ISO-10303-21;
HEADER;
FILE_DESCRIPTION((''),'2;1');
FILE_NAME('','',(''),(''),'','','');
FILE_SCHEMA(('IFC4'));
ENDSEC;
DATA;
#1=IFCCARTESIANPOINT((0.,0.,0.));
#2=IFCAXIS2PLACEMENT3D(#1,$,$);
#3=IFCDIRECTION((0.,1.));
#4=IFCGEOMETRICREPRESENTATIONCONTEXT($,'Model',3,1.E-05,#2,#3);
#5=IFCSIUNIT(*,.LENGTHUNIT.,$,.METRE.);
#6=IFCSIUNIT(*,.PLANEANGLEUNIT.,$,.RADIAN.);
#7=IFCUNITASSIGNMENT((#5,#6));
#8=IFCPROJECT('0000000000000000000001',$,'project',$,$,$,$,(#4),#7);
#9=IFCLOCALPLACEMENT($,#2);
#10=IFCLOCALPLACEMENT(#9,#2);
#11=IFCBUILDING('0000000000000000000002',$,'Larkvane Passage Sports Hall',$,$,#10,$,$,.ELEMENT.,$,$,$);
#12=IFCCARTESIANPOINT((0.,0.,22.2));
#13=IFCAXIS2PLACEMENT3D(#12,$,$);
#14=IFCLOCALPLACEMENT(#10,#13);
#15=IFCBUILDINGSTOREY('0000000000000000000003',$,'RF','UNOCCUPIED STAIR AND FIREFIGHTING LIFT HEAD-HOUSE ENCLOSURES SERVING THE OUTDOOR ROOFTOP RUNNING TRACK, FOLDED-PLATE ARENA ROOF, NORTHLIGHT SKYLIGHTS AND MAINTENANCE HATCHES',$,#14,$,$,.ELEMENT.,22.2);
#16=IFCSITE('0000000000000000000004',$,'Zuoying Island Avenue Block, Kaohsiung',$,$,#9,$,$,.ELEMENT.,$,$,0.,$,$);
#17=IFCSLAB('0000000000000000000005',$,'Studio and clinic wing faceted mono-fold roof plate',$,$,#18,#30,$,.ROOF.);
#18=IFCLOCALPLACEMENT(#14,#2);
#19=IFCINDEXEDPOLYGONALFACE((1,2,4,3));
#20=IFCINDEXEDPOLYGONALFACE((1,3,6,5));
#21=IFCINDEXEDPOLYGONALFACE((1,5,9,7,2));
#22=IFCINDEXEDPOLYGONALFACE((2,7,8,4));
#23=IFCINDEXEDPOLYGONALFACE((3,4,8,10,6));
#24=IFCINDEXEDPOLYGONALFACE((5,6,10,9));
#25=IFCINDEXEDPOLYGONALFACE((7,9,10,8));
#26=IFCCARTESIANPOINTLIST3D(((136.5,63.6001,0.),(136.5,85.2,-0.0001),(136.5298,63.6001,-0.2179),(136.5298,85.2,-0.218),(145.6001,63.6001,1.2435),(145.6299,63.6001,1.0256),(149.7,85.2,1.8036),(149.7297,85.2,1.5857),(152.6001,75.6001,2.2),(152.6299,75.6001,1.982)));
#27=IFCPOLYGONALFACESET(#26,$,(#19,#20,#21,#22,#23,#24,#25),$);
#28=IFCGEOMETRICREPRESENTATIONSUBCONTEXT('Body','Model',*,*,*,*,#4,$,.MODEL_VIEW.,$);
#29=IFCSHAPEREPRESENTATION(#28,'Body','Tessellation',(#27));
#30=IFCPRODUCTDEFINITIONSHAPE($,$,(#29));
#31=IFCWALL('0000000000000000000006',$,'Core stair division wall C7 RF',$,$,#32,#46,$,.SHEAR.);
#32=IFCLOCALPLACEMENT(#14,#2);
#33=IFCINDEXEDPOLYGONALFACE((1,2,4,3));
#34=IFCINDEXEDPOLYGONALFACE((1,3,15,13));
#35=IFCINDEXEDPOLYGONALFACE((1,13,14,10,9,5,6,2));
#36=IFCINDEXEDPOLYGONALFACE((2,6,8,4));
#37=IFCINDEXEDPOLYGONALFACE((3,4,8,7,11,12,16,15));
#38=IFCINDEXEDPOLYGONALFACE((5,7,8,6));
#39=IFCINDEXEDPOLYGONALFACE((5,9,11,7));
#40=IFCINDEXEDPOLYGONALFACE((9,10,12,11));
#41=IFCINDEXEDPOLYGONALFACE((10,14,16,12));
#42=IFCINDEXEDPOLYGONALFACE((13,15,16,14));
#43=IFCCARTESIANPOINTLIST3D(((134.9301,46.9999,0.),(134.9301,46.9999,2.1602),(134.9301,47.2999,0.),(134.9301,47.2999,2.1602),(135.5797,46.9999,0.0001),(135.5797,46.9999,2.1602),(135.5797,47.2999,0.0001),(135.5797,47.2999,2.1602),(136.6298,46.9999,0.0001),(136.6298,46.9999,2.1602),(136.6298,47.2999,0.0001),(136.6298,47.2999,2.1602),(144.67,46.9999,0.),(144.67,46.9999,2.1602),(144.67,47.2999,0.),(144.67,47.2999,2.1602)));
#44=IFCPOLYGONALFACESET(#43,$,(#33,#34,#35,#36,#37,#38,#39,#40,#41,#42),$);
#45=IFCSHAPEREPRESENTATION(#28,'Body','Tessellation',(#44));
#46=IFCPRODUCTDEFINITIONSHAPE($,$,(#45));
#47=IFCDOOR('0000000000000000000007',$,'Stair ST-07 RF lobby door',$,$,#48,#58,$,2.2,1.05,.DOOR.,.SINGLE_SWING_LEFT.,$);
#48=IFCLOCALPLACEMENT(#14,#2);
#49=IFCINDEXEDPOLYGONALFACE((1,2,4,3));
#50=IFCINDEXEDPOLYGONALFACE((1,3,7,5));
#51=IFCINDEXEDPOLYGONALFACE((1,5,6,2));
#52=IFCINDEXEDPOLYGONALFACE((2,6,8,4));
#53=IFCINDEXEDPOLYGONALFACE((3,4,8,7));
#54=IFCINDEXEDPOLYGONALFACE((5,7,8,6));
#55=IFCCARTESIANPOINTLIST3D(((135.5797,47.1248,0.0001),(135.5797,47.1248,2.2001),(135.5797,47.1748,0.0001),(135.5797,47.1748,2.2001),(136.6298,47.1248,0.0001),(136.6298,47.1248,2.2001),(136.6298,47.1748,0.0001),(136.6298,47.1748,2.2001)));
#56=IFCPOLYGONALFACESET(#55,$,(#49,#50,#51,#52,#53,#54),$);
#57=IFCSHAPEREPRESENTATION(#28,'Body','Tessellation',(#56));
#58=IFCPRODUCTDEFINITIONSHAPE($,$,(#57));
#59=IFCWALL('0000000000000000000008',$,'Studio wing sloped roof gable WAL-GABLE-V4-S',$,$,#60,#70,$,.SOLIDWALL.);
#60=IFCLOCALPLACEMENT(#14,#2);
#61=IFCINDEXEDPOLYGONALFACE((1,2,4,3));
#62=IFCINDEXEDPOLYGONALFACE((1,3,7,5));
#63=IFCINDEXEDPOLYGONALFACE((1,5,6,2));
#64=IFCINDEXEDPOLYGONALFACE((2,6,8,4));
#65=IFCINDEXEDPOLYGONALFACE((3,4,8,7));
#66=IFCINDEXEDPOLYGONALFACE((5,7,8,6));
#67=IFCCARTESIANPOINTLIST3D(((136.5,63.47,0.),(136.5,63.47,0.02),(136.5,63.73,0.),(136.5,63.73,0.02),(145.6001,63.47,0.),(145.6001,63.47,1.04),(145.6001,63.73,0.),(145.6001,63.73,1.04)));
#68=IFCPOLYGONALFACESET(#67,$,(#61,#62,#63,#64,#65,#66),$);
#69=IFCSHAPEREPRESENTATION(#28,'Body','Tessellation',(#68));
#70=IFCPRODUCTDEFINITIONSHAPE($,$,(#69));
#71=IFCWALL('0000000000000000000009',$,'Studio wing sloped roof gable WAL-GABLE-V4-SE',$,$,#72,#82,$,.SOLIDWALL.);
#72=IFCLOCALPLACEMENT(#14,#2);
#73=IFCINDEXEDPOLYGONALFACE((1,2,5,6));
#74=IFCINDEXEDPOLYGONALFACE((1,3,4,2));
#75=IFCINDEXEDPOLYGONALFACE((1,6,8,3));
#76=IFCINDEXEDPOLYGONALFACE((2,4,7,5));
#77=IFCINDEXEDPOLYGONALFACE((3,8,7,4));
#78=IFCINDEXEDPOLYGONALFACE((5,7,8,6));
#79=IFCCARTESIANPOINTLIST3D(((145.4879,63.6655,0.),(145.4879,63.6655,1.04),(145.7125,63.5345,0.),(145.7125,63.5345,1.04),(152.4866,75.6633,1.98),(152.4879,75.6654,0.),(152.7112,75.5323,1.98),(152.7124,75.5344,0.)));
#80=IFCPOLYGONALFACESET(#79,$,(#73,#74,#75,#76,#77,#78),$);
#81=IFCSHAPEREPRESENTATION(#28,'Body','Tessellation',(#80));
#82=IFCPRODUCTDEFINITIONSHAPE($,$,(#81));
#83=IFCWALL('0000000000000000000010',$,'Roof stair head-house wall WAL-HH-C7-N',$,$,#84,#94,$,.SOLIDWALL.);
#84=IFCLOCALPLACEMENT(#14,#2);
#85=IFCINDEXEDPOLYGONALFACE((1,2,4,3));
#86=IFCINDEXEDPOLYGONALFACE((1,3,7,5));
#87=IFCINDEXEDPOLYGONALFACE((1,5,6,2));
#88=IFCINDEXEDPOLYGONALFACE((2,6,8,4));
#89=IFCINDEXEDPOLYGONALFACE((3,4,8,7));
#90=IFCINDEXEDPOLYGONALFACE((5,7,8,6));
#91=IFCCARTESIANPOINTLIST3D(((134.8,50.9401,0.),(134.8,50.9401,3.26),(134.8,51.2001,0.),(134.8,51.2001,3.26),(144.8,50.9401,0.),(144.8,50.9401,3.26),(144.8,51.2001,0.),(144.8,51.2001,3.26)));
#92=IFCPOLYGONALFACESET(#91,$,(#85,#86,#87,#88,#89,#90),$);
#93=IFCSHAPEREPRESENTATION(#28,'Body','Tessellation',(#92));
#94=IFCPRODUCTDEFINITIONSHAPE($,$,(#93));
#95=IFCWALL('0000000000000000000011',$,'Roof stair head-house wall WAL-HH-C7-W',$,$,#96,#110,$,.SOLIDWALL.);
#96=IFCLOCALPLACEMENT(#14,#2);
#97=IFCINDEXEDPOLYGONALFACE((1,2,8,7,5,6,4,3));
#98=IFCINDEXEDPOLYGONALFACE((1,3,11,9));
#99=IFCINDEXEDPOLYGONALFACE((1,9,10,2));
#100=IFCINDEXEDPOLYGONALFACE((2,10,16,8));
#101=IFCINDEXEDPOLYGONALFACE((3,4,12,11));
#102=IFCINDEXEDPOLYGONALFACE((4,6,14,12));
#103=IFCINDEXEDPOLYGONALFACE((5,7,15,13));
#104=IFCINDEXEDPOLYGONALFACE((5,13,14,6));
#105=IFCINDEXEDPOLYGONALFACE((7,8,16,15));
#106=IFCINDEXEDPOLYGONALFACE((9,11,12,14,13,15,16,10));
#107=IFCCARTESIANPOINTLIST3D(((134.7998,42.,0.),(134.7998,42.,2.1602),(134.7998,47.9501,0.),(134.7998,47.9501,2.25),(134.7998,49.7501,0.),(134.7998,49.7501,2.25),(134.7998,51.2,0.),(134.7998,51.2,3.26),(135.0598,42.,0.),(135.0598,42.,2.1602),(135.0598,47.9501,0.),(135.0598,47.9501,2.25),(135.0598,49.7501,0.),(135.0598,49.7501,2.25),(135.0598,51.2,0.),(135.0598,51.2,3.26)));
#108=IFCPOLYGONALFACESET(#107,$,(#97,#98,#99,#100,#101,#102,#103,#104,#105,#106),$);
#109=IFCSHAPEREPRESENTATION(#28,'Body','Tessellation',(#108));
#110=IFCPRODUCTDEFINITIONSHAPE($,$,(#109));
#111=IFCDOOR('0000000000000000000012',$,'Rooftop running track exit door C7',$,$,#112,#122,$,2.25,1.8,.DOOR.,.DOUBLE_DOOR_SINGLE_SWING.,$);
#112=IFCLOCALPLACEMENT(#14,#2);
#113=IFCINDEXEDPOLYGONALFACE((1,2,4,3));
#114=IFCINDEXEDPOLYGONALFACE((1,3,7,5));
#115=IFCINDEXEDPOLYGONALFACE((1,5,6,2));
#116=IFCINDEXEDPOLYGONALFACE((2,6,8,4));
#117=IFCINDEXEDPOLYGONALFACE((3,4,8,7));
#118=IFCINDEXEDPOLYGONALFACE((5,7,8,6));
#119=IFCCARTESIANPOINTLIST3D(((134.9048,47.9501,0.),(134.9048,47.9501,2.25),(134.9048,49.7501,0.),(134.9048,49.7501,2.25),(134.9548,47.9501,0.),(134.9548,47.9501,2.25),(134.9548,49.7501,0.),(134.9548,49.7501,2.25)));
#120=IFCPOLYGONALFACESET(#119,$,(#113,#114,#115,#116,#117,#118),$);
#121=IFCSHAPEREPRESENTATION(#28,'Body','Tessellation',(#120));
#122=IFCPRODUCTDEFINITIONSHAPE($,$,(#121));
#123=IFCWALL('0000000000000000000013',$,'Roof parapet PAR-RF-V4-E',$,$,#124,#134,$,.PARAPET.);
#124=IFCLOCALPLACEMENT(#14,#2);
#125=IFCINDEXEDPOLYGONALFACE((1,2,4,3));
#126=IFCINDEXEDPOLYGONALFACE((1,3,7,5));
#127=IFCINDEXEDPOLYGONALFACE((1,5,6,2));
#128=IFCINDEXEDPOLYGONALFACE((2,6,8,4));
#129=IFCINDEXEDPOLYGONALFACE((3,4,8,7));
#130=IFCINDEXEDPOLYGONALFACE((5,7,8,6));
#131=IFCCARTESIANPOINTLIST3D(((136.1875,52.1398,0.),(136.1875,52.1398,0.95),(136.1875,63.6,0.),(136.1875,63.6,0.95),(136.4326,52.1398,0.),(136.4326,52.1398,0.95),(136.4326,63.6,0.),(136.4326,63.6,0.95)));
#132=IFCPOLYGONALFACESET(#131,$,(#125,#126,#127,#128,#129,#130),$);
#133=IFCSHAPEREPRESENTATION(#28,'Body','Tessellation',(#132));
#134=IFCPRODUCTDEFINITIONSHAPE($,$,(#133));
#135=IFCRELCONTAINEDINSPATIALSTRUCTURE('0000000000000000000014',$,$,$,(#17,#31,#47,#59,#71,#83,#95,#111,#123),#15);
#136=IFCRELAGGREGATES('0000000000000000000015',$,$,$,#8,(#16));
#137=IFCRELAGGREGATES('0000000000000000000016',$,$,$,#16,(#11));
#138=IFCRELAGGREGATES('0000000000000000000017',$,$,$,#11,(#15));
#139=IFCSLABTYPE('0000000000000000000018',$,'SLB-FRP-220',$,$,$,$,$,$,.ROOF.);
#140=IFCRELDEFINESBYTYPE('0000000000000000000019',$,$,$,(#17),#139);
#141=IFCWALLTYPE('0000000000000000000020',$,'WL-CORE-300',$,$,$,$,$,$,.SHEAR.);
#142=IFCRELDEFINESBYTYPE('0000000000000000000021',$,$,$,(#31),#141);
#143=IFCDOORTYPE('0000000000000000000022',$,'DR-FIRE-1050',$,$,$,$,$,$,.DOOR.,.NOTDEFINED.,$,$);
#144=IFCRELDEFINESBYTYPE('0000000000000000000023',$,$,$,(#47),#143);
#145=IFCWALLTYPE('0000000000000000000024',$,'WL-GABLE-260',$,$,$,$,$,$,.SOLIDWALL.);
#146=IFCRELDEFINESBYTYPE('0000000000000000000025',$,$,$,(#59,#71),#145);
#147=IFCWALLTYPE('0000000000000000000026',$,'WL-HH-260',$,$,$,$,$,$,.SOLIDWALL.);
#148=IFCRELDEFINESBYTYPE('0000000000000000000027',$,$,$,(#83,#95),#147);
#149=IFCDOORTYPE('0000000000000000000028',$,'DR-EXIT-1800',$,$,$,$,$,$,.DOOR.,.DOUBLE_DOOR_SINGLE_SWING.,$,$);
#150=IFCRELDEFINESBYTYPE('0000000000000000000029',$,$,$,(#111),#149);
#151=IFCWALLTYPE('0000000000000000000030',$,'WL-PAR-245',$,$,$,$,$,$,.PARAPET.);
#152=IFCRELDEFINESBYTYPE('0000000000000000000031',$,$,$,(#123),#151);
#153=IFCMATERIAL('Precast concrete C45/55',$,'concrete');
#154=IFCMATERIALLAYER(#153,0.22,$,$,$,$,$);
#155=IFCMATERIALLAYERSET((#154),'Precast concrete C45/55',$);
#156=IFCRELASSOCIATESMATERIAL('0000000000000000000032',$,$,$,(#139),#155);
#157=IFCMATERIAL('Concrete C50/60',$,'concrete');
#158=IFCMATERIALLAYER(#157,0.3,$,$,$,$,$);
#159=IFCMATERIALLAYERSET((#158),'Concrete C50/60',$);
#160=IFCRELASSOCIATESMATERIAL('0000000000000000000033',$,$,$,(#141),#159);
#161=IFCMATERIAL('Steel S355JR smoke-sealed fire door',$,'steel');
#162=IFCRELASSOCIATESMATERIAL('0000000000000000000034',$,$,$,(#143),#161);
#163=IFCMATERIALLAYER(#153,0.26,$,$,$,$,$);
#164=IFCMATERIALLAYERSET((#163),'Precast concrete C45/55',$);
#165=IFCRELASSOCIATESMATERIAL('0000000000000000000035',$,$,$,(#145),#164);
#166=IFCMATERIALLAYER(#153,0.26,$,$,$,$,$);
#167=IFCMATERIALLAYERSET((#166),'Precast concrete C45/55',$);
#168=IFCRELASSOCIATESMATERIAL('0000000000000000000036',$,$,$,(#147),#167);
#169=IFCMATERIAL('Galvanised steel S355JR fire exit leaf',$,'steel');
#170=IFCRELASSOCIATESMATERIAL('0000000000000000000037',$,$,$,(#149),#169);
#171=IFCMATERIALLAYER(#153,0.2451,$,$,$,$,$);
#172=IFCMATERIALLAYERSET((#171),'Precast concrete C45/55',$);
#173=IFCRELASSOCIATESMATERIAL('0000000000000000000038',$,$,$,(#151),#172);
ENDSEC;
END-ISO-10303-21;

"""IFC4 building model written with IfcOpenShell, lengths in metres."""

from ifc_helpers import new_model, si_unit, direction, frame, frame_2d, origin, place, context, subcontext, project, spatial, polyline, rectangle, outline, extrude, material, layer, layer_set, type_object, element, fill, save


model = new_model("IFC4")

# Units and contexts
model_context = context("Model", 3, precision=1e-05, world=origin(), true_north=direction((0.0, 1.0)))
body_context = subcontext(model_context, "Body", "Model", "MODEL_VIEW")
ifc_project = project(units=[si_unit("LENGTHUNIT", "METRE"), si_unit("PLANEANGLEUNIT", "RADIAN")], contexts=[model_context])

# Site, building, storey
site_placement = place(None, origin())
site = spatial("IfcSite", under=ifc_project, at=site_placement, Name="Zuoying Island Avenue Block, Kaohsiung", CompositionType="ELEMENT", RefElevation=0.0)
building_placement = place(site_placement, origin())
building = spatial("IfcBuilding", under=site, at=building_placement, Name="Larkvane Passage Sports Hall", CompositionType="ELEMENT")
storey_placement = place(building_placement, frame((0.0, 0.0, 22.2)))
storey = spatial("IfcBuildingStorey", under=building, at=storey_placement, Name="RF", Description="UNOCCUPIED STAIR AND FIREFIGHTING LIFT HEAD-HOUSE ENCLOSURES SERVING THE OUTDOOR ROOFTOP RUNNING TRACK, FOLDED-PLATE ARENA ROOF, NORTHLIGHT SKYLIGHTS AND MAINTENANCE HATCHES", CompositionType="ELEMENT", Elevation=22.2)

# Shared definitions
ifc_material_1 = material(Name="Concrete C50/60", Category="concrete")

# Slab
ifc_material_2 = material(Name="Precast concrete C45/55", Category="concrete")
ifc_layer_1 = layer(ifc_material_2, 0.22)
ifc_layer_set_1 = layer_set([ifc_layer_1], Name="Precast concrete C45/55")
slab_type = type_object("IfcSlabType", Name="SLB-FRP-220", PredefinedType="ROOF", material=ifc_layer_set_1)
slab_placement = place(storey_placement, frame((136.5, 63.6001, 0.0), z_axis=(-0.135389, 0.000004, 0.990793), x_axis=(0.990793, 0.0, 0.135389)))
element("IfcSlab", 1, at=slab_placement, inside=storey, type_object=slab_type, Name="Studio and clinic wing faceted mono-fold roof plate", PredefinedType="ROOF", context=body_context, shape_type="SweptSolid", body=[
    extrude(outline(polyline([(0.0, 0.0), (9.1847, 0.0), (16.2497, 12.0), (13.3226, 21.5999), (0.0, 21.5999), (0.0, 0.0)])), origin(), (0.0, 0.0, -1.0), 0.22),
])

# Wall, opening, door
ifc_layer_2 = layer(ifc_material_1, 0.3)
ifc_layer_set_2 = layer_set([ifc_layer_2], Name="Concrete C50/60")
wall_type_1 = type_object("IfcWallType", Name="WL-CORE-300", PredefinedType="SHEAR", material=ifc_layer_set_2)
wall_1_placement = place(storey_placement, frame((134.9299, 47.1499, 0.0), z_axis=(0.0, 0.0, 1.0), x_axis=(1.0, 0.0, 0.0)))
wall_1 = element("IfcWall", 2, at=wall_1_placement, inside=storey, type_object=wall_type_1, Name="Core stair division wall C7 RF", PredefinedType="SHEAR", context=body_context, shape_type="SweptSolid", body=[
    extrude(rectangle(XDim=9.74, YDim=0.3, at=frame_2d((4.8701, 0.0))), origin(), (0.0, 0.0, 1.0), 2.1602),
])
opening_1_placement = place(wall_1_placement, frame((0.6499, 0.0, 0.0)))
opening_1 = element("IfcOpeningElement", 3, at=opening_1_placement, cuts=wall_1, PredefinedType="OPENING", context=body_context, shape_type="SweptSolid", body=[
    extrude(rectangle(XDim=1.05, YDim=2.2, at=frame_2d((0.5249, 1.1001))), frame((0.0, 0.1599, 0.0), z_axis=(0.0, -1.0, 0.0), x_axis=(1.0, 0.0, 0.0)), (0.0, 0.0, 1.0), 0.3201),
])
ifc_material_3 = material(Name="Steel S355JR smoke-sealed fire door", Category="steel")
door_type_1 = type_object("IfcDoorType", Name="DR-FIRE-1050", OperationType="NOTDEFINED", PredefinedType="DOOR", material=ifc_material_3)
door_1_placement = place(opening_1_placement, origin())
door_1 = element("IfcDoor", 4, at=door_1_placement, inside=storey, type_object=door_type_1, Name="Stair ST-07 RF lobby door", OperationType="SINGLE_SWING_LEFT", OverallHeight=2.2, OverallWidth=1.05, PredefinedType="DOOR", context=body_context, shape_type="SweptSolid", body=[
    extrude(rectangle(XDim=1.05, YDim=2.2, at=frame_2d((0.5249, 1.1001))), frame((0.0, 0.0249, 0.0), z_axis=(0.0, -1.0, 0.0), x_axis=(1.0, 0.0, 0.0)), (0.0, 0.0, 1.0), 0.05),
])
fill(opening_1, door_1)

# Walls
ifc_layer_3 = layer(ifc_material_2, 0.26)
ifc_layer_set_3 = layer_set([ifc_layer_3], Name="Precast concrete C45/55")
wall_type_2 = type_object("IfcWallType", Name="WL-GABLE-260", PredefinedType="SOLIDWALL", material=ifc_layer_set_3)
wall_2_placement = place(storey_placement, frame((136.5, 63.6001, 0.0), z_axis=(0.0, 0.0, 1.0), x_axis=(1.0, 0.0, 0.0)))
element("IfcWall", 5, at=wall_2_placement, inside=storey, type_object=wall_type_2, Name="Studio wing sloped roof gable WAL-GABLE-V4-S", PredefinedType="SOLIDWALL", context=body_context, shape_type="SweptSolid", body=[
    extrude(outline(polyline([(0.0, 0.0), (9.1001, 0.0), (9.1001, 1.04), (0.0, 0.02), (0.0, 0.0)])), frame((0.0, 0.1299, 0.0), z_axis=(0.0, -1.0, 0.0), x_axis=(1.0, 0.0, 0.0)), (0.0, 0.0, 1.0), 0.26),
])
wall_3_placement = place(storey_placement, frame((145.6001, 63.6001, 0.0), z_axis=(0.0, 0.0, 1.0), x_axis=(0.503871, 0.863779, 0.0)))
element("IfcWall", 6, at=wall_3_placement, inside=storey, type_object=wall_type_2, Name="Studio wing sloped roof gable WAL-GABLE-V4-SE", PredefinedType="SOLIDWALL", context=body_context, shape_type="SweptSolid", body=[
    extrude(outline(polyline([(0.0, 0.0), (13.8923, 0.0), (13.8899, 1.98), (0.0, 1.04), (0.0, 0.0)])), frame((0.0, 0.1299, 0.0), z_axis=(0.0, -1.0, 0.0), x_axis=(1.0, 0.0, 0.0)), (0.0, 0.0, 1.0), 0.26),
])
ifc_layer_4 = layer(ifc_material_2, 0.26)
ifc_layer_set_4 = layer_set([ifc_layer_4], Name="Precast concrete C45/55")
wall_type_3 = type_object("IfcWallType", Name="WL-HH-260", PredefinedType="SOLIDWALL", material=ifc_layer_set_4)
wall_4_placement = place(storey_placement, frame((144.8, 51.0701, 0.0), z_axis=(0.0, 0.0, 1.0), x_axis=(-1.0, 0.0, 0.0)))
element("IfcWall", 7, at=wall_4_placement, inside=storey, type_object=wall_type_3, Name="Roof stair head-house wall WAL-HH-C7-N", PredefinedType="SOLIDWALL", context=body_context, shape_type="SweptSolid", body=[
    extrude(rectangle(XDim=10.0, YDim=0.26, at=frame_2d((5.0, 0.0))), origin(), (0.0, 0.0, 1.0), 3.26),
])

# Wall, opening, door
wall_5_placement = place(storey_placement, frame((134.9299, 51.2, 0.0), z_axis=(0.0, 0.0, 1.0), x_axis=(0.0, -1.0, 0.0)))
wall_5 = element("IfcWall", 8, at=wall_5_placement, inside=storey, type_object=wall_type_3, Name="Roof stair head-house wall WAL-HH-C7-W", PredefinedType="SOLIDWALL", context=body_context, shape_type="SweptSolid", body=[
    extrude(outline(polyline([(0.0, 0.0), (9.2, 0.0), (9.2, 2.1602), (0.0, 3.26), (0.0, 0.0)])), frame((0.0, 0.1299, 0.0), z_axis=(0.0, -1.0, 0.0), x_axis=(1.0, 0.0, 0.0)), (0.0, 0.0, 1.0), 0.26),
])
opening_2_placement = place(wall_5_placement, frame((1.45, 0.0, 0.0)))
opening_2 = element("IfcOpeningElement", 9, at=opening_2_placement, cuts=wall_5, PredefinedType="OPENING", context=body_context, shape_type="SweptSolid", body=[
    extrude(rectangle(XDim=1.8, YDim=2.25, at=frame_2d((0.8999, 1.125))), frame((0.0, 0.1399, 0.0), z_axis=(0.0, -1.0, 0.0), x_axis=(1.0, 0.0, 0.0)), (0.0, 0.0, 1.0), 0.28),
])
ifc_material_4 = material(Name="Galvanised steel S355JR fire exit leaf", Category="steel")
door_type_2 = type_object("IfcDoorType", Name="DR-EXIT-1800", OperationType="DOUBLE_DOOR_SINGLE_SWING", PredefinedType="DOOR", material=ifc_material_4)
door_2_placement = place(opening_2_placement, origin())
door_2 = element("IfcDoor", 10, at=door_2_placement, inside=storey, type_object=door_type_2, Name="Rooftop running track exit door C7", OperationType="DOUBLE_DOOR_SINGLE_SWING", OverallHeight=2.25, OverallWidth=1.8, PredefinedType="DOOR", context=body_context, shape_type="SweptSolid", body=[
    extrude(rectangle(XDim=1.8, YDim=2.25, at=frame_2d((0.8999, 1.125))), frame((0.0, 0.0249, 0.0), z_axis=(0.0, -1.0, 0.0), x_axis=(1.0, 0.0, 0.0)), (0.0, 0.0, 1.0), 0.05),
])
fill(opening_2, door_2)

# Wall
ifc_layer_5 = layer(ifc_material_2, 0.2451)
ifc_layer_set_5 = layer_set([ifc_layer_5], Name="Precast concrete C45/55")
wall_type_4 = type_object("IfcWallType", Name="WL-PAR-245", PredefinedType="PARAPET", material=ifc_layer_set_5)
wall_6_placement = place(storey_placement, frame((136.3101, 52.1399, 0.0), z_axis=(0.0, 0.0, 1.0), x_axis=(0.0, 1.0, 0.0)))
element("IfcWall", 11, at=wall_6_placement, inside=storey, type_object=wall_type_4, Name="Roof parapet PAR-RF-V4-E", PredefinedType="PARAPET", context=body_context, shape_type="SweptSolid", body=[
    extrude(rectangle(XDim=11.4602, YDim=0.2451, at=frame_2d((5.73, 0.0))), origin(), (0.0, 0.0, 1.0), 0.95),
])

save(model, "model.ifc")
